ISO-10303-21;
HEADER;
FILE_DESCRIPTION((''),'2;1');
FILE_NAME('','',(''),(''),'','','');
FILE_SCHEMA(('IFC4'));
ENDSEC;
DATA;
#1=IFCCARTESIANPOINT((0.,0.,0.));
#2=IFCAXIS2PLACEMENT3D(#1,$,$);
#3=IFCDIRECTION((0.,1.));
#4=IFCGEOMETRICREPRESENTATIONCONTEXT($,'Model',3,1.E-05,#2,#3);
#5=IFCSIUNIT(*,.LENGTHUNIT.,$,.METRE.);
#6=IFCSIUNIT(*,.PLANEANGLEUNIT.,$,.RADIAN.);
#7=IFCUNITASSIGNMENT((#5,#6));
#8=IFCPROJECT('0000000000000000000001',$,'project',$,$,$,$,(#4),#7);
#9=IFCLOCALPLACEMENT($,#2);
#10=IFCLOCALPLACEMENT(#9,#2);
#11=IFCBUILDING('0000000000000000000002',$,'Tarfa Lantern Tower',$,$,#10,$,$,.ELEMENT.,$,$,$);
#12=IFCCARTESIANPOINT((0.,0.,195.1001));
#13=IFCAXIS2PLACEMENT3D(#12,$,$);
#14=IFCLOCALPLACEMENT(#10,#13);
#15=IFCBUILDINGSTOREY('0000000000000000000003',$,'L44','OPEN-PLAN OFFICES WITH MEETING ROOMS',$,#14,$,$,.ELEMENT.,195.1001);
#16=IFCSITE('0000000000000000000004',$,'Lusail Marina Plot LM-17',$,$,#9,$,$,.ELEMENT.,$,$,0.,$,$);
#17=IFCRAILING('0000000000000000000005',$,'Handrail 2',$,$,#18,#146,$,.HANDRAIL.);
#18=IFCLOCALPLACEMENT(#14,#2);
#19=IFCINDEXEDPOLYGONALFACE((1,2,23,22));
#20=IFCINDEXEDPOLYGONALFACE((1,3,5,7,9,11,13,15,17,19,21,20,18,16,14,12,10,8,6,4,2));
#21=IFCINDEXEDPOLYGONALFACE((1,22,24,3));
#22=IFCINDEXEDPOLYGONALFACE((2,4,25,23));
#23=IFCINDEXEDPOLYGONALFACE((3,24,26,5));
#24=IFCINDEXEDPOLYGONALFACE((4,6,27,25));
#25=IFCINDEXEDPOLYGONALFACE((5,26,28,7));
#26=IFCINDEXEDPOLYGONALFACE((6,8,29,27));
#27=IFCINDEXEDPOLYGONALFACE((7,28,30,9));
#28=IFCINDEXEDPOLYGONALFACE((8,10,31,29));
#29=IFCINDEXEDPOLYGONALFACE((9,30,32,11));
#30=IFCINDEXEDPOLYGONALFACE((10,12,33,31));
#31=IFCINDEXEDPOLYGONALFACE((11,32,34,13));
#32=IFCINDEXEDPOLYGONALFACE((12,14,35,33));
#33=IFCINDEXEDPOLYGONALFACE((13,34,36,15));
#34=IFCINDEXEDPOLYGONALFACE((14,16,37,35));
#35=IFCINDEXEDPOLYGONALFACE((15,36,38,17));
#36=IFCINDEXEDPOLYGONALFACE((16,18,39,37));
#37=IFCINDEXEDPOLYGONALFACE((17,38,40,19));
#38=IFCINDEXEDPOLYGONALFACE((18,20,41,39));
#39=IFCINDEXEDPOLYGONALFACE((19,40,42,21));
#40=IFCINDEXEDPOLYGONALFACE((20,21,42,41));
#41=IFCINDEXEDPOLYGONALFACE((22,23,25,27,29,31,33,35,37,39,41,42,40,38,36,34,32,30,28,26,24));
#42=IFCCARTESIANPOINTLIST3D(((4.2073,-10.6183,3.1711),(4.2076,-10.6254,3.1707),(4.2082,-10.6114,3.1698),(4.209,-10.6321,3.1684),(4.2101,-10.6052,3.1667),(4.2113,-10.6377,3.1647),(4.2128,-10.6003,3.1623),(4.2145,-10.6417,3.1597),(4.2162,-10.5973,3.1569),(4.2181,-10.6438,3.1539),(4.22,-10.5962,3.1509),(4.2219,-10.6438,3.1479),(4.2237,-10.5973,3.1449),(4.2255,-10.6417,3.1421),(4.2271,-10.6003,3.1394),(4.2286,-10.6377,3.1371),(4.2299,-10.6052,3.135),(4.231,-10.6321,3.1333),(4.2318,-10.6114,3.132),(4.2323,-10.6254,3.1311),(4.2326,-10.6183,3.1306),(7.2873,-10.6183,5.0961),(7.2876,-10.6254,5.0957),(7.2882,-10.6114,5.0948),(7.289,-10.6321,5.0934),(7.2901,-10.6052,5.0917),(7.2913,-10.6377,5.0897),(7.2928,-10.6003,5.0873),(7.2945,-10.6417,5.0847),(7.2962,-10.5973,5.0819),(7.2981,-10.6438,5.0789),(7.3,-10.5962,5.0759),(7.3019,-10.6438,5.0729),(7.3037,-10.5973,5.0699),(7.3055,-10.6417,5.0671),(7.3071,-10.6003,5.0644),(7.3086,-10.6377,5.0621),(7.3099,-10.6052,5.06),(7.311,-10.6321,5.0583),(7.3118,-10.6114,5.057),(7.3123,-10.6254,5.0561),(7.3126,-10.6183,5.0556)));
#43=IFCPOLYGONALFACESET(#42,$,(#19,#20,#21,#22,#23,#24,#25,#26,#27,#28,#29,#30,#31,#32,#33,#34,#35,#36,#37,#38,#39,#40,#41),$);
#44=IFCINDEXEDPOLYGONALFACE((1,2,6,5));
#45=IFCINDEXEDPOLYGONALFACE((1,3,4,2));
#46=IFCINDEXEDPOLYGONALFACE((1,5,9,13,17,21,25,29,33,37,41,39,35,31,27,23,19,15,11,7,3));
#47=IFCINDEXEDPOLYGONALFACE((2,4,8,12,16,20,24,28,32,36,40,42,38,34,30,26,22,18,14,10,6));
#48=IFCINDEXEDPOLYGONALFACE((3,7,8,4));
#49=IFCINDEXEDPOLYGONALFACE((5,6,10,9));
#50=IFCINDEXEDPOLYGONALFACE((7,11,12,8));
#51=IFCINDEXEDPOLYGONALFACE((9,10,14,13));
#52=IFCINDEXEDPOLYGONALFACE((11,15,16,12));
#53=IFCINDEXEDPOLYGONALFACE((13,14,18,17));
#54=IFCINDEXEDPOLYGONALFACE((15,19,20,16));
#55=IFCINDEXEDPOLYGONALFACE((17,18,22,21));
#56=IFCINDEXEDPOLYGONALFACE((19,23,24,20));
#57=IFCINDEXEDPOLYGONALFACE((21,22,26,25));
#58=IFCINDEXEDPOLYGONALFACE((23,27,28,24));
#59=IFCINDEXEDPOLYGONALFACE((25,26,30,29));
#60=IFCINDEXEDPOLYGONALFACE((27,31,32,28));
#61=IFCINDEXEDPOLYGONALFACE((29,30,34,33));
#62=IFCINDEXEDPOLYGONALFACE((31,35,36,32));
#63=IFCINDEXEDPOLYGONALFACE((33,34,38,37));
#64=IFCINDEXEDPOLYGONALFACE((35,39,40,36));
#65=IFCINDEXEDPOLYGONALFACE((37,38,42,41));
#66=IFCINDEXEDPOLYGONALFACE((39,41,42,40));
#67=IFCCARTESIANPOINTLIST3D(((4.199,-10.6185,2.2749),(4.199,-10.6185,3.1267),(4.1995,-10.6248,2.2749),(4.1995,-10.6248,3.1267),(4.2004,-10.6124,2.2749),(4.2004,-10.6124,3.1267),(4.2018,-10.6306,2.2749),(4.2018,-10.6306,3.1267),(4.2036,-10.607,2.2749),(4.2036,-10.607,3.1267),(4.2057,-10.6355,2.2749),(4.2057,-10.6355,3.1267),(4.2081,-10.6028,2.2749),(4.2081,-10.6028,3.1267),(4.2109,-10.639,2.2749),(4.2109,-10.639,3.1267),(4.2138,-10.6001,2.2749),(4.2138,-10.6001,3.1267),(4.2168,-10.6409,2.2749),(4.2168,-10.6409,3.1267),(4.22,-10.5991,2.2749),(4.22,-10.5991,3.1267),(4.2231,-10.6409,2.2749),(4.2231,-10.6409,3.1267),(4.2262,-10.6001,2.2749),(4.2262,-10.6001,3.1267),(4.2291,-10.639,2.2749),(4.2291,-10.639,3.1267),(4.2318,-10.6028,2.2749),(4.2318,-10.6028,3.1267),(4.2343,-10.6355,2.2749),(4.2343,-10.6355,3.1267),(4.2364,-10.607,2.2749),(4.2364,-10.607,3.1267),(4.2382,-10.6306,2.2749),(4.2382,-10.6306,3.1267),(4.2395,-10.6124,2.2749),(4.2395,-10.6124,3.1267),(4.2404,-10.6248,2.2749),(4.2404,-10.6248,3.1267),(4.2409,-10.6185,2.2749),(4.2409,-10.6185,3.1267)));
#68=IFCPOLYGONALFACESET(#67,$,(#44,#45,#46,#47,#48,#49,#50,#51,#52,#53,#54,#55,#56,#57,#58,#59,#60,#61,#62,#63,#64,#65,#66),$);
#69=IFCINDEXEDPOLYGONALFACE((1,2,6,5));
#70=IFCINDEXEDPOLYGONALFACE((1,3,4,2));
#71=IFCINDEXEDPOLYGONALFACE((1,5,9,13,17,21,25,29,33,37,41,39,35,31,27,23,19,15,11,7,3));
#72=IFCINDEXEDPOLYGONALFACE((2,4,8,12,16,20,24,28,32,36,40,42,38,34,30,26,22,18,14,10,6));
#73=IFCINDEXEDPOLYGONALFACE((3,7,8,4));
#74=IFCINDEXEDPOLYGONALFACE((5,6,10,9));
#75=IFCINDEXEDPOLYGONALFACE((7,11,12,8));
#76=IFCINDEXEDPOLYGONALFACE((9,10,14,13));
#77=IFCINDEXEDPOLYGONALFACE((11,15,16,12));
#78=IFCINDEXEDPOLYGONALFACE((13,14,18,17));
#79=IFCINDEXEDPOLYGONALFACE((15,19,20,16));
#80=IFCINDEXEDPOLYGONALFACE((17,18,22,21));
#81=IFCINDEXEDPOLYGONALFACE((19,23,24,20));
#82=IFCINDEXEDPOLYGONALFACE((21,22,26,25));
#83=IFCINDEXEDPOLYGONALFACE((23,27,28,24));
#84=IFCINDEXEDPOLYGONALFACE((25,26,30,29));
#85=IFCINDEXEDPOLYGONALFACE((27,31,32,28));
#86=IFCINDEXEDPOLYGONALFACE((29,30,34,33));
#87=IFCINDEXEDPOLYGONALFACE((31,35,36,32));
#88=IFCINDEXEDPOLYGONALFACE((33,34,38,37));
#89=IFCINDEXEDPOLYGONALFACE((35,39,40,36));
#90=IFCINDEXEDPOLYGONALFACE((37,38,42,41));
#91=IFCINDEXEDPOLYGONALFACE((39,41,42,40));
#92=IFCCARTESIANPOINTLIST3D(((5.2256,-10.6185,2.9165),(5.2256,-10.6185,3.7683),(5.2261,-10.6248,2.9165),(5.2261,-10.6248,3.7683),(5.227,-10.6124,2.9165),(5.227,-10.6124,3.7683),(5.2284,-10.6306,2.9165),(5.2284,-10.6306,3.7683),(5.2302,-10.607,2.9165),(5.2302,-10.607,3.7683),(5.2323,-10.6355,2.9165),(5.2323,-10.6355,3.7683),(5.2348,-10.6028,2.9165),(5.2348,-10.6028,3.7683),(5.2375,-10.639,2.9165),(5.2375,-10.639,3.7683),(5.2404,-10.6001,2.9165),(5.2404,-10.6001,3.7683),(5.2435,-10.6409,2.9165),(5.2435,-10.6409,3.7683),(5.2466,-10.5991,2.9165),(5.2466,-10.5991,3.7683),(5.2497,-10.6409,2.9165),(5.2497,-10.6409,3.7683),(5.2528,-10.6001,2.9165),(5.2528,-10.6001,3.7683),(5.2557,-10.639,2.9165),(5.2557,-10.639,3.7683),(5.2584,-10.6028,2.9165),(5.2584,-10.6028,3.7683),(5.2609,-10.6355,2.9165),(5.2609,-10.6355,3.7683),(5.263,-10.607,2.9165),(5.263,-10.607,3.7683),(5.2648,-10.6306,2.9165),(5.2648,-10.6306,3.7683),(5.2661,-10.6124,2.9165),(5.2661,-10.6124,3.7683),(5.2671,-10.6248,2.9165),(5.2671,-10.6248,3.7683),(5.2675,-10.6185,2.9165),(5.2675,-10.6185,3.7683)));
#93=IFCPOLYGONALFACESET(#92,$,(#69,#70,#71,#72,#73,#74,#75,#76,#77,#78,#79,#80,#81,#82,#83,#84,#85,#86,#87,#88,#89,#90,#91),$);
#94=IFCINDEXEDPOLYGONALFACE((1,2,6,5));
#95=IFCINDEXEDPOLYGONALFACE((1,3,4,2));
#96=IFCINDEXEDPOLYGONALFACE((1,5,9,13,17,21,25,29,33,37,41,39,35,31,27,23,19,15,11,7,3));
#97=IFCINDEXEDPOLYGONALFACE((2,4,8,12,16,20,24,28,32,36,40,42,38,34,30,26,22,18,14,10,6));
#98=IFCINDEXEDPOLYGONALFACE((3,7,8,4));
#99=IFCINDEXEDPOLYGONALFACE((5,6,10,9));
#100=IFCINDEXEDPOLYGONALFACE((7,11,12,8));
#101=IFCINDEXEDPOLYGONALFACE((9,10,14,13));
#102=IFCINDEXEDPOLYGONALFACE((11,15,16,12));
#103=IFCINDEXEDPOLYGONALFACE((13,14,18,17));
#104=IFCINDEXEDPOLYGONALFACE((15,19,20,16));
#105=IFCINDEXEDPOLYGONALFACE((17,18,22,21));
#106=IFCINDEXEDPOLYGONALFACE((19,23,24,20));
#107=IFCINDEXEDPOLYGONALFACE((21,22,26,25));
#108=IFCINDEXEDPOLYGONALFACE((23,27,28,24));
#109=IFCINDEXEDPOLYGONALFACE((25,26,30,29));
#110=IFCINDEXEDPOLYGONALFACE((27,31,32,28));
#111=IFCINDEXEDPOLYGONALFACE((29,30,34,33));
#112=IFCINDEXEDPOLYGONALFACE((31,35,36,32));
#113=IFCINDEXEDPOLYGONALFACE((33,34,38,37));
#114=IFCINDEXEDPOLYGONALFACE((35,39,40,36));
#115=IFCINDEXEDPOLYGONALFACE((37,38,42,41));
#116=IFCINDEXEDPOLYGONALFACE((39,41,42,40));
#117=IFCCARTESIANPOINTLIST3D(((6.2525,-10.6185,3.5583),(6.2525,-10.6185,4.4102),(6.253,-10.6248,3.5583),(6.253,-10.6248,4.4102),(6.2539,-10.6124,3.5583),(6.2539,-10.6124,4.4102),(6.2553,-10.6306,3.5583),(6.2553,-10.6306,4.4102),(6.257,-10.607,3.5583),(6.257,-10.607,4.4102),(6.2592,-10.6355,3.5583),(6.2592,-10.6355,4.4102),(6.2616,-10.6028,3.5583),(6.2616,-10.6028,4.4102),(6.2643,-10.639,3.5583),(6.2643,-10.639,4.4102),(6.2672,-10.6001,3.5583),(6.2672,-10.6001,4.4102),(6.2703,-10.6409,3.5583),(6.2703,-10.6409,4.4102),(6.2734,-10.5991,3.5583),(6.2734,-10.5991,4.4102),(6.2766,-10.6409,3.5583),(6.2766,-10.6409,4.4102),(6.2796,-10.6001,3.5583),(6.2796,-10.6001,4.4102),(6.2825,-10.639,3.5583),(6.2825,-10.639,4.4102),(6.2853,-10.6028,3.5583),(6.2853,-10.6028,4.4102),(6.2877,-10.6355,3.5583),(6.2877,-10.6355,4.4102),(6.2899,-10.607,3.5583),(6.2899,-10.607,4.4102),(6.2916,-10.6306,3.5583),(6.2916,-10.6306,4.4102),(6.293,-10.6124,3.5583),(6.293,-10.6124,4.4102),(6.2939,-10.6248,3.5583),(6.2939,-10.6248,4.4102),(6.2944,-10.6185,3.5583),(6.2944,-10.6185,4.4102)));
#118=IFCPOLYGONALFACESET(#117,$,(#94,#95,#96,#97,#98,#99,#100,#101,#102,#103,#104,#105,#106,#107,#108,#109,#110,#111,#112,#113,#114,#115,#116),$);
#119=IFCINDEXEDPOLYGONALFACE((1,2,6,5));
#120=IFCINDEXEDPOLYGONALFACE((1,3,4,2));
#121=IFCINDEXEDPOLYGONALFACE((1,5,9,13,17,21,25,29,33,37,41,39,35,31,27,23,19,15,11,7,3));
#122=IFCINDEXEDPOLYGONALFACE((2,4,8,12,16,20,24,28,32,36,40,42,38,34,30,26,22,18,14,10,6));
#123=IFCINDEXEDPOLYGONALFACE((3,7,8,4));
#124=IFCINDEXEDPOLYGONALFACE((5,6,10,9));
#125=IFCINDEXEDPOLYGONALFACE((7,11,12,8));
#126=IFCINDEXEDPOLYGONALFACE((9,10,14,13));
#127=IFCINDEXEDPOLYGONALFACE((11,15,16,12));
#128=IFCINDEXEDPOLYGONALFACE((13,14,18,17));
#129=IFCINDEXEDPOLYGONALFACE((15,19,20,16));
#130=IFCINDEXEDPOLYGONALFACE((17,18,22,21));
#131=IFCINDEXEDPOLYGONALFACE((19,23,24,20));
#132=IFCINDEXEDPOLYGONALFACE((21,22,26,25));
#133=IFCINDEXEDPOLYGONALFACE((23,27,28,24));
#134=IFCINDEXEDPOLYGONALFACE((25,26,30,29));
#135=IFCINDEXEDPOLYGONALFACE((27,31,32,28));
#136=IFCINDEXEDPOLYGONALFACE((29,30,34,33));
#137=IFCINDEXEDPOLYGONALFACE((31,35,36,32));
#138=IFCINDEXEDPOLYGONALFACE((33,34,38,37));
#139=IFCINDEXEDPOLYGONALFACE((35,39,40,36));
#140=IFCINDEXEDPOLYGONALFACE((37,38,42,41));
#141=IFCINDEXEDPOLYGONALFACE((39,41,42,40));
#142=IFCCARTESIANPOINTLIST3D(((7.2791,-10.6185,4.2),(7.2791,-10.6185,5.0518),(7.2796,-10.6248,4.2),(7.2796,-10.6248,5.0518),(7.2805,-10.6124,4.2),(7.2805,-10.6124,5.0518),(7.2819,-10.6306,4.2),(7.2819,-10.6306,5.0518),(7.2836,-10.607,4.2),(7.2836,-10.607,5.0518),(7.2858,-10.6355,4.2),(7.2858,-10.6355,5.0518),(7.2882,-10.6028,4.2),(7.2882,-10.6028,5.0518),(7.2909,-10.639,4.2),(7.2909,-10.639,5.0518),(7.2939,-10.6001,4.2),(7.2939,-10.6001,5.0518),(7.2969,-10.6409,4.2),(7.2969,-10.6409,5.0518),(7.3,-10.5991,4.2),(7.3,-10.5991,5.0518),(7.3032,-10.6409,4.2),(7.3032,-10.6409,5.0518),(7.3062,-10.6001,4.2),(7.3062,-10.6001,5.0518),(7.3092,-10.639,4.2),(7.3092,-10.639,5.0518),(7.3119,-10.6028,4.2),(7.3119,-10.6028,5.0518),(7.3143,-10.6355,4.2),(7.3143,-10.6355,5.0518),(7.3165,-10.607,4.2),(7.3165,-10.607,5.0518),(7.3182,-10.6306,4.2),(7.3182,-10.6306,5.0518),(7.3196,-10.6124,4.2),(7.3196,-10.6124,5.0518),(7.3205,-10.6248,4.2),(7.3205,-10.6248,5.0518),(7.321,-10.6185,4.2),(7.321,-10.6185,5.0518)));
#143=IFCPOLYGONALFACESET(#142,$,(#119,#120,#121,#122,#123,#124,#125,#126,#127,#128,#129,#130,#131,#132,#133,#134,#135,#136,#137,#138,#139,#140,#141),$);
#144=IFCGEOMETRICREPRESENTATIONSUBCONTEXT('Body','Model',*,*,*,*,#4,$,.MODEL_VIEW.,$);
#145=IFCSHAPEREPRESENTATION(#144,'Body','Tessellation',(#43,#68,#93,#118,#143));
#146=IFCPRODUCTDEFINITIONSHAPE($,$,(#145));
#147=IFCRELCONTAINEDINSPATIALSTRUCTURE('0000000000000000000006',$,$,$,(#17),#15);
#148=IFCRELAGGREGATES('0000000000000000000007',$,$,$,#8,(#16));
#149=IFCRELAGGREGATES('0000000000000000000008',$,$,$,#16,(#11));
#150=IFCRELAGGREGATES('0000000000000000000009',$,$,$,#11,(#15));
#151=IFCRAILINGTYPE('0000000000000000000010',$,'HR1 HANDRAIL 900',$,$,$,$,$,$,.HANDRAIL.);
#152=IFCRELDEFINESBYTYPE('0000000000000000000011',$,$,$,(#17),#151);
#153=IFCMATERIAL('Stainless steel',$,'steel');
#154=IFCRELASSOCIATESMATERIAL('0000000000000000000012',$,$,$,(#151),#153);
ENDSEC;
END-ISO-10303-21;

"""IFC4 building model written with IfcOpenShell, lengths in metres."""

from ifc_helpers import new_model, si_unit, direction, frame, origin, origin_2d, place, context, subcontext, project, spatial, circle, extrude, material, type_object, element, save


model = new_model("IFC4")

# Units and contexts
model_context = context("Model", 3, precision=1e-05, world=origin(), true_north=direction((0.0, 1.0)))
body_context = subcontext(model_context, "Body", "Model", "MODEL_VIEW")
ifc_project = project(units=[si_unit("LENGTHUNIT", "METRE"), si_unit("PLANEANGLEUNIT", "RADIAN")], contexts=[model_context])

# Site, building, storey
site_placement = place(None, origin())
site = spatial("IfcSite", under=ifc_project, at=site_placement, Name="Lusail Marina Plot LM-17", CompositionType="ELEMENT", RefElevation=0.0)
building_placement = place(site_placement, origin())
building = spatial("IfcBuilding", under=site, at=building_placement, Name="Tarfa Lantern Tower", CompositionType="ELEMENT")
storey_placement = place(building_placement, frame((0.0, 0.0, 195.1001)))
storey = spatial("IfcBuildingStorey", under=building, at=storey_placement, Name="L44", Description="OPEN-PLAN OFFICES WITH MEETING ROOMS", CompositionType="ELEMENT", Elevation=195.1001)

# Railing
ifc_material_1 = material(Name="Stainless steel", Category="steel")
railing_type = type_object("IfcRailingType", Name="HR1 HANDRAIL 900", PredefinedType="HANDRAIL", material=ifc_material_1)
railing_1_placement = place(storey_placement, frame((4.22, -10.6201, 2.2749)))
element("IfcRailing", 1, at=railing_1_placement, inside=storey, type_object=railing_type, Name="Handrail 2", PredefinedType="HANDRAIL", context=body_context, shape_type="SweptSolid", body=[
    extrude(circle(Radius=0.0239, at=origin_2d()), frame((0.0, 0.0, 0.876), z_axis=(0.847998, 0.0, 0.529999), x_axis=(0.0, 1.0, 0.0)), (0.0, 0.0, 1.0), 3.6321),
    extrude(circle(Radius=0.021, at=origin_2d()), frame((0.0, 0.0, 0.0), z_axis=(0.0, 0.0, 1.0), x_axis=(0.0, 1.0, 0.0)), (0.0, 0.0, 1.0), 0.8518),
    extrude(circle(Radius=0.021, at=origin_2d()), frame((1.0266, 0.0, 0.6416), z_axis=(0.0, 0.0, 1.0), x_axis=(0.0, 1.0, 0.0)), (0.0, 0.0, 1.0), 0.8518),
    extrude(circle(Radius=0.021, at=origin_2d()), frame((2.0535, 0.0, 1.2834), z_axis=(0.0, 0.0, 1.0), x_axis=(0.0, 1.0, 0.0)), (0.0, 0.0, 1.0), 0.8518),
    extrude(circle(Radius=0.021, at=origin_2d()), frame((3.0801, 0.0, 1.925), z_axis=(0.0, 0.0, 1.0), x_axis=(0.0, 1.0, 0.0)), (0.0, 0.0, 1.0), 0.8518),
])

save(model, "model.ifc")
